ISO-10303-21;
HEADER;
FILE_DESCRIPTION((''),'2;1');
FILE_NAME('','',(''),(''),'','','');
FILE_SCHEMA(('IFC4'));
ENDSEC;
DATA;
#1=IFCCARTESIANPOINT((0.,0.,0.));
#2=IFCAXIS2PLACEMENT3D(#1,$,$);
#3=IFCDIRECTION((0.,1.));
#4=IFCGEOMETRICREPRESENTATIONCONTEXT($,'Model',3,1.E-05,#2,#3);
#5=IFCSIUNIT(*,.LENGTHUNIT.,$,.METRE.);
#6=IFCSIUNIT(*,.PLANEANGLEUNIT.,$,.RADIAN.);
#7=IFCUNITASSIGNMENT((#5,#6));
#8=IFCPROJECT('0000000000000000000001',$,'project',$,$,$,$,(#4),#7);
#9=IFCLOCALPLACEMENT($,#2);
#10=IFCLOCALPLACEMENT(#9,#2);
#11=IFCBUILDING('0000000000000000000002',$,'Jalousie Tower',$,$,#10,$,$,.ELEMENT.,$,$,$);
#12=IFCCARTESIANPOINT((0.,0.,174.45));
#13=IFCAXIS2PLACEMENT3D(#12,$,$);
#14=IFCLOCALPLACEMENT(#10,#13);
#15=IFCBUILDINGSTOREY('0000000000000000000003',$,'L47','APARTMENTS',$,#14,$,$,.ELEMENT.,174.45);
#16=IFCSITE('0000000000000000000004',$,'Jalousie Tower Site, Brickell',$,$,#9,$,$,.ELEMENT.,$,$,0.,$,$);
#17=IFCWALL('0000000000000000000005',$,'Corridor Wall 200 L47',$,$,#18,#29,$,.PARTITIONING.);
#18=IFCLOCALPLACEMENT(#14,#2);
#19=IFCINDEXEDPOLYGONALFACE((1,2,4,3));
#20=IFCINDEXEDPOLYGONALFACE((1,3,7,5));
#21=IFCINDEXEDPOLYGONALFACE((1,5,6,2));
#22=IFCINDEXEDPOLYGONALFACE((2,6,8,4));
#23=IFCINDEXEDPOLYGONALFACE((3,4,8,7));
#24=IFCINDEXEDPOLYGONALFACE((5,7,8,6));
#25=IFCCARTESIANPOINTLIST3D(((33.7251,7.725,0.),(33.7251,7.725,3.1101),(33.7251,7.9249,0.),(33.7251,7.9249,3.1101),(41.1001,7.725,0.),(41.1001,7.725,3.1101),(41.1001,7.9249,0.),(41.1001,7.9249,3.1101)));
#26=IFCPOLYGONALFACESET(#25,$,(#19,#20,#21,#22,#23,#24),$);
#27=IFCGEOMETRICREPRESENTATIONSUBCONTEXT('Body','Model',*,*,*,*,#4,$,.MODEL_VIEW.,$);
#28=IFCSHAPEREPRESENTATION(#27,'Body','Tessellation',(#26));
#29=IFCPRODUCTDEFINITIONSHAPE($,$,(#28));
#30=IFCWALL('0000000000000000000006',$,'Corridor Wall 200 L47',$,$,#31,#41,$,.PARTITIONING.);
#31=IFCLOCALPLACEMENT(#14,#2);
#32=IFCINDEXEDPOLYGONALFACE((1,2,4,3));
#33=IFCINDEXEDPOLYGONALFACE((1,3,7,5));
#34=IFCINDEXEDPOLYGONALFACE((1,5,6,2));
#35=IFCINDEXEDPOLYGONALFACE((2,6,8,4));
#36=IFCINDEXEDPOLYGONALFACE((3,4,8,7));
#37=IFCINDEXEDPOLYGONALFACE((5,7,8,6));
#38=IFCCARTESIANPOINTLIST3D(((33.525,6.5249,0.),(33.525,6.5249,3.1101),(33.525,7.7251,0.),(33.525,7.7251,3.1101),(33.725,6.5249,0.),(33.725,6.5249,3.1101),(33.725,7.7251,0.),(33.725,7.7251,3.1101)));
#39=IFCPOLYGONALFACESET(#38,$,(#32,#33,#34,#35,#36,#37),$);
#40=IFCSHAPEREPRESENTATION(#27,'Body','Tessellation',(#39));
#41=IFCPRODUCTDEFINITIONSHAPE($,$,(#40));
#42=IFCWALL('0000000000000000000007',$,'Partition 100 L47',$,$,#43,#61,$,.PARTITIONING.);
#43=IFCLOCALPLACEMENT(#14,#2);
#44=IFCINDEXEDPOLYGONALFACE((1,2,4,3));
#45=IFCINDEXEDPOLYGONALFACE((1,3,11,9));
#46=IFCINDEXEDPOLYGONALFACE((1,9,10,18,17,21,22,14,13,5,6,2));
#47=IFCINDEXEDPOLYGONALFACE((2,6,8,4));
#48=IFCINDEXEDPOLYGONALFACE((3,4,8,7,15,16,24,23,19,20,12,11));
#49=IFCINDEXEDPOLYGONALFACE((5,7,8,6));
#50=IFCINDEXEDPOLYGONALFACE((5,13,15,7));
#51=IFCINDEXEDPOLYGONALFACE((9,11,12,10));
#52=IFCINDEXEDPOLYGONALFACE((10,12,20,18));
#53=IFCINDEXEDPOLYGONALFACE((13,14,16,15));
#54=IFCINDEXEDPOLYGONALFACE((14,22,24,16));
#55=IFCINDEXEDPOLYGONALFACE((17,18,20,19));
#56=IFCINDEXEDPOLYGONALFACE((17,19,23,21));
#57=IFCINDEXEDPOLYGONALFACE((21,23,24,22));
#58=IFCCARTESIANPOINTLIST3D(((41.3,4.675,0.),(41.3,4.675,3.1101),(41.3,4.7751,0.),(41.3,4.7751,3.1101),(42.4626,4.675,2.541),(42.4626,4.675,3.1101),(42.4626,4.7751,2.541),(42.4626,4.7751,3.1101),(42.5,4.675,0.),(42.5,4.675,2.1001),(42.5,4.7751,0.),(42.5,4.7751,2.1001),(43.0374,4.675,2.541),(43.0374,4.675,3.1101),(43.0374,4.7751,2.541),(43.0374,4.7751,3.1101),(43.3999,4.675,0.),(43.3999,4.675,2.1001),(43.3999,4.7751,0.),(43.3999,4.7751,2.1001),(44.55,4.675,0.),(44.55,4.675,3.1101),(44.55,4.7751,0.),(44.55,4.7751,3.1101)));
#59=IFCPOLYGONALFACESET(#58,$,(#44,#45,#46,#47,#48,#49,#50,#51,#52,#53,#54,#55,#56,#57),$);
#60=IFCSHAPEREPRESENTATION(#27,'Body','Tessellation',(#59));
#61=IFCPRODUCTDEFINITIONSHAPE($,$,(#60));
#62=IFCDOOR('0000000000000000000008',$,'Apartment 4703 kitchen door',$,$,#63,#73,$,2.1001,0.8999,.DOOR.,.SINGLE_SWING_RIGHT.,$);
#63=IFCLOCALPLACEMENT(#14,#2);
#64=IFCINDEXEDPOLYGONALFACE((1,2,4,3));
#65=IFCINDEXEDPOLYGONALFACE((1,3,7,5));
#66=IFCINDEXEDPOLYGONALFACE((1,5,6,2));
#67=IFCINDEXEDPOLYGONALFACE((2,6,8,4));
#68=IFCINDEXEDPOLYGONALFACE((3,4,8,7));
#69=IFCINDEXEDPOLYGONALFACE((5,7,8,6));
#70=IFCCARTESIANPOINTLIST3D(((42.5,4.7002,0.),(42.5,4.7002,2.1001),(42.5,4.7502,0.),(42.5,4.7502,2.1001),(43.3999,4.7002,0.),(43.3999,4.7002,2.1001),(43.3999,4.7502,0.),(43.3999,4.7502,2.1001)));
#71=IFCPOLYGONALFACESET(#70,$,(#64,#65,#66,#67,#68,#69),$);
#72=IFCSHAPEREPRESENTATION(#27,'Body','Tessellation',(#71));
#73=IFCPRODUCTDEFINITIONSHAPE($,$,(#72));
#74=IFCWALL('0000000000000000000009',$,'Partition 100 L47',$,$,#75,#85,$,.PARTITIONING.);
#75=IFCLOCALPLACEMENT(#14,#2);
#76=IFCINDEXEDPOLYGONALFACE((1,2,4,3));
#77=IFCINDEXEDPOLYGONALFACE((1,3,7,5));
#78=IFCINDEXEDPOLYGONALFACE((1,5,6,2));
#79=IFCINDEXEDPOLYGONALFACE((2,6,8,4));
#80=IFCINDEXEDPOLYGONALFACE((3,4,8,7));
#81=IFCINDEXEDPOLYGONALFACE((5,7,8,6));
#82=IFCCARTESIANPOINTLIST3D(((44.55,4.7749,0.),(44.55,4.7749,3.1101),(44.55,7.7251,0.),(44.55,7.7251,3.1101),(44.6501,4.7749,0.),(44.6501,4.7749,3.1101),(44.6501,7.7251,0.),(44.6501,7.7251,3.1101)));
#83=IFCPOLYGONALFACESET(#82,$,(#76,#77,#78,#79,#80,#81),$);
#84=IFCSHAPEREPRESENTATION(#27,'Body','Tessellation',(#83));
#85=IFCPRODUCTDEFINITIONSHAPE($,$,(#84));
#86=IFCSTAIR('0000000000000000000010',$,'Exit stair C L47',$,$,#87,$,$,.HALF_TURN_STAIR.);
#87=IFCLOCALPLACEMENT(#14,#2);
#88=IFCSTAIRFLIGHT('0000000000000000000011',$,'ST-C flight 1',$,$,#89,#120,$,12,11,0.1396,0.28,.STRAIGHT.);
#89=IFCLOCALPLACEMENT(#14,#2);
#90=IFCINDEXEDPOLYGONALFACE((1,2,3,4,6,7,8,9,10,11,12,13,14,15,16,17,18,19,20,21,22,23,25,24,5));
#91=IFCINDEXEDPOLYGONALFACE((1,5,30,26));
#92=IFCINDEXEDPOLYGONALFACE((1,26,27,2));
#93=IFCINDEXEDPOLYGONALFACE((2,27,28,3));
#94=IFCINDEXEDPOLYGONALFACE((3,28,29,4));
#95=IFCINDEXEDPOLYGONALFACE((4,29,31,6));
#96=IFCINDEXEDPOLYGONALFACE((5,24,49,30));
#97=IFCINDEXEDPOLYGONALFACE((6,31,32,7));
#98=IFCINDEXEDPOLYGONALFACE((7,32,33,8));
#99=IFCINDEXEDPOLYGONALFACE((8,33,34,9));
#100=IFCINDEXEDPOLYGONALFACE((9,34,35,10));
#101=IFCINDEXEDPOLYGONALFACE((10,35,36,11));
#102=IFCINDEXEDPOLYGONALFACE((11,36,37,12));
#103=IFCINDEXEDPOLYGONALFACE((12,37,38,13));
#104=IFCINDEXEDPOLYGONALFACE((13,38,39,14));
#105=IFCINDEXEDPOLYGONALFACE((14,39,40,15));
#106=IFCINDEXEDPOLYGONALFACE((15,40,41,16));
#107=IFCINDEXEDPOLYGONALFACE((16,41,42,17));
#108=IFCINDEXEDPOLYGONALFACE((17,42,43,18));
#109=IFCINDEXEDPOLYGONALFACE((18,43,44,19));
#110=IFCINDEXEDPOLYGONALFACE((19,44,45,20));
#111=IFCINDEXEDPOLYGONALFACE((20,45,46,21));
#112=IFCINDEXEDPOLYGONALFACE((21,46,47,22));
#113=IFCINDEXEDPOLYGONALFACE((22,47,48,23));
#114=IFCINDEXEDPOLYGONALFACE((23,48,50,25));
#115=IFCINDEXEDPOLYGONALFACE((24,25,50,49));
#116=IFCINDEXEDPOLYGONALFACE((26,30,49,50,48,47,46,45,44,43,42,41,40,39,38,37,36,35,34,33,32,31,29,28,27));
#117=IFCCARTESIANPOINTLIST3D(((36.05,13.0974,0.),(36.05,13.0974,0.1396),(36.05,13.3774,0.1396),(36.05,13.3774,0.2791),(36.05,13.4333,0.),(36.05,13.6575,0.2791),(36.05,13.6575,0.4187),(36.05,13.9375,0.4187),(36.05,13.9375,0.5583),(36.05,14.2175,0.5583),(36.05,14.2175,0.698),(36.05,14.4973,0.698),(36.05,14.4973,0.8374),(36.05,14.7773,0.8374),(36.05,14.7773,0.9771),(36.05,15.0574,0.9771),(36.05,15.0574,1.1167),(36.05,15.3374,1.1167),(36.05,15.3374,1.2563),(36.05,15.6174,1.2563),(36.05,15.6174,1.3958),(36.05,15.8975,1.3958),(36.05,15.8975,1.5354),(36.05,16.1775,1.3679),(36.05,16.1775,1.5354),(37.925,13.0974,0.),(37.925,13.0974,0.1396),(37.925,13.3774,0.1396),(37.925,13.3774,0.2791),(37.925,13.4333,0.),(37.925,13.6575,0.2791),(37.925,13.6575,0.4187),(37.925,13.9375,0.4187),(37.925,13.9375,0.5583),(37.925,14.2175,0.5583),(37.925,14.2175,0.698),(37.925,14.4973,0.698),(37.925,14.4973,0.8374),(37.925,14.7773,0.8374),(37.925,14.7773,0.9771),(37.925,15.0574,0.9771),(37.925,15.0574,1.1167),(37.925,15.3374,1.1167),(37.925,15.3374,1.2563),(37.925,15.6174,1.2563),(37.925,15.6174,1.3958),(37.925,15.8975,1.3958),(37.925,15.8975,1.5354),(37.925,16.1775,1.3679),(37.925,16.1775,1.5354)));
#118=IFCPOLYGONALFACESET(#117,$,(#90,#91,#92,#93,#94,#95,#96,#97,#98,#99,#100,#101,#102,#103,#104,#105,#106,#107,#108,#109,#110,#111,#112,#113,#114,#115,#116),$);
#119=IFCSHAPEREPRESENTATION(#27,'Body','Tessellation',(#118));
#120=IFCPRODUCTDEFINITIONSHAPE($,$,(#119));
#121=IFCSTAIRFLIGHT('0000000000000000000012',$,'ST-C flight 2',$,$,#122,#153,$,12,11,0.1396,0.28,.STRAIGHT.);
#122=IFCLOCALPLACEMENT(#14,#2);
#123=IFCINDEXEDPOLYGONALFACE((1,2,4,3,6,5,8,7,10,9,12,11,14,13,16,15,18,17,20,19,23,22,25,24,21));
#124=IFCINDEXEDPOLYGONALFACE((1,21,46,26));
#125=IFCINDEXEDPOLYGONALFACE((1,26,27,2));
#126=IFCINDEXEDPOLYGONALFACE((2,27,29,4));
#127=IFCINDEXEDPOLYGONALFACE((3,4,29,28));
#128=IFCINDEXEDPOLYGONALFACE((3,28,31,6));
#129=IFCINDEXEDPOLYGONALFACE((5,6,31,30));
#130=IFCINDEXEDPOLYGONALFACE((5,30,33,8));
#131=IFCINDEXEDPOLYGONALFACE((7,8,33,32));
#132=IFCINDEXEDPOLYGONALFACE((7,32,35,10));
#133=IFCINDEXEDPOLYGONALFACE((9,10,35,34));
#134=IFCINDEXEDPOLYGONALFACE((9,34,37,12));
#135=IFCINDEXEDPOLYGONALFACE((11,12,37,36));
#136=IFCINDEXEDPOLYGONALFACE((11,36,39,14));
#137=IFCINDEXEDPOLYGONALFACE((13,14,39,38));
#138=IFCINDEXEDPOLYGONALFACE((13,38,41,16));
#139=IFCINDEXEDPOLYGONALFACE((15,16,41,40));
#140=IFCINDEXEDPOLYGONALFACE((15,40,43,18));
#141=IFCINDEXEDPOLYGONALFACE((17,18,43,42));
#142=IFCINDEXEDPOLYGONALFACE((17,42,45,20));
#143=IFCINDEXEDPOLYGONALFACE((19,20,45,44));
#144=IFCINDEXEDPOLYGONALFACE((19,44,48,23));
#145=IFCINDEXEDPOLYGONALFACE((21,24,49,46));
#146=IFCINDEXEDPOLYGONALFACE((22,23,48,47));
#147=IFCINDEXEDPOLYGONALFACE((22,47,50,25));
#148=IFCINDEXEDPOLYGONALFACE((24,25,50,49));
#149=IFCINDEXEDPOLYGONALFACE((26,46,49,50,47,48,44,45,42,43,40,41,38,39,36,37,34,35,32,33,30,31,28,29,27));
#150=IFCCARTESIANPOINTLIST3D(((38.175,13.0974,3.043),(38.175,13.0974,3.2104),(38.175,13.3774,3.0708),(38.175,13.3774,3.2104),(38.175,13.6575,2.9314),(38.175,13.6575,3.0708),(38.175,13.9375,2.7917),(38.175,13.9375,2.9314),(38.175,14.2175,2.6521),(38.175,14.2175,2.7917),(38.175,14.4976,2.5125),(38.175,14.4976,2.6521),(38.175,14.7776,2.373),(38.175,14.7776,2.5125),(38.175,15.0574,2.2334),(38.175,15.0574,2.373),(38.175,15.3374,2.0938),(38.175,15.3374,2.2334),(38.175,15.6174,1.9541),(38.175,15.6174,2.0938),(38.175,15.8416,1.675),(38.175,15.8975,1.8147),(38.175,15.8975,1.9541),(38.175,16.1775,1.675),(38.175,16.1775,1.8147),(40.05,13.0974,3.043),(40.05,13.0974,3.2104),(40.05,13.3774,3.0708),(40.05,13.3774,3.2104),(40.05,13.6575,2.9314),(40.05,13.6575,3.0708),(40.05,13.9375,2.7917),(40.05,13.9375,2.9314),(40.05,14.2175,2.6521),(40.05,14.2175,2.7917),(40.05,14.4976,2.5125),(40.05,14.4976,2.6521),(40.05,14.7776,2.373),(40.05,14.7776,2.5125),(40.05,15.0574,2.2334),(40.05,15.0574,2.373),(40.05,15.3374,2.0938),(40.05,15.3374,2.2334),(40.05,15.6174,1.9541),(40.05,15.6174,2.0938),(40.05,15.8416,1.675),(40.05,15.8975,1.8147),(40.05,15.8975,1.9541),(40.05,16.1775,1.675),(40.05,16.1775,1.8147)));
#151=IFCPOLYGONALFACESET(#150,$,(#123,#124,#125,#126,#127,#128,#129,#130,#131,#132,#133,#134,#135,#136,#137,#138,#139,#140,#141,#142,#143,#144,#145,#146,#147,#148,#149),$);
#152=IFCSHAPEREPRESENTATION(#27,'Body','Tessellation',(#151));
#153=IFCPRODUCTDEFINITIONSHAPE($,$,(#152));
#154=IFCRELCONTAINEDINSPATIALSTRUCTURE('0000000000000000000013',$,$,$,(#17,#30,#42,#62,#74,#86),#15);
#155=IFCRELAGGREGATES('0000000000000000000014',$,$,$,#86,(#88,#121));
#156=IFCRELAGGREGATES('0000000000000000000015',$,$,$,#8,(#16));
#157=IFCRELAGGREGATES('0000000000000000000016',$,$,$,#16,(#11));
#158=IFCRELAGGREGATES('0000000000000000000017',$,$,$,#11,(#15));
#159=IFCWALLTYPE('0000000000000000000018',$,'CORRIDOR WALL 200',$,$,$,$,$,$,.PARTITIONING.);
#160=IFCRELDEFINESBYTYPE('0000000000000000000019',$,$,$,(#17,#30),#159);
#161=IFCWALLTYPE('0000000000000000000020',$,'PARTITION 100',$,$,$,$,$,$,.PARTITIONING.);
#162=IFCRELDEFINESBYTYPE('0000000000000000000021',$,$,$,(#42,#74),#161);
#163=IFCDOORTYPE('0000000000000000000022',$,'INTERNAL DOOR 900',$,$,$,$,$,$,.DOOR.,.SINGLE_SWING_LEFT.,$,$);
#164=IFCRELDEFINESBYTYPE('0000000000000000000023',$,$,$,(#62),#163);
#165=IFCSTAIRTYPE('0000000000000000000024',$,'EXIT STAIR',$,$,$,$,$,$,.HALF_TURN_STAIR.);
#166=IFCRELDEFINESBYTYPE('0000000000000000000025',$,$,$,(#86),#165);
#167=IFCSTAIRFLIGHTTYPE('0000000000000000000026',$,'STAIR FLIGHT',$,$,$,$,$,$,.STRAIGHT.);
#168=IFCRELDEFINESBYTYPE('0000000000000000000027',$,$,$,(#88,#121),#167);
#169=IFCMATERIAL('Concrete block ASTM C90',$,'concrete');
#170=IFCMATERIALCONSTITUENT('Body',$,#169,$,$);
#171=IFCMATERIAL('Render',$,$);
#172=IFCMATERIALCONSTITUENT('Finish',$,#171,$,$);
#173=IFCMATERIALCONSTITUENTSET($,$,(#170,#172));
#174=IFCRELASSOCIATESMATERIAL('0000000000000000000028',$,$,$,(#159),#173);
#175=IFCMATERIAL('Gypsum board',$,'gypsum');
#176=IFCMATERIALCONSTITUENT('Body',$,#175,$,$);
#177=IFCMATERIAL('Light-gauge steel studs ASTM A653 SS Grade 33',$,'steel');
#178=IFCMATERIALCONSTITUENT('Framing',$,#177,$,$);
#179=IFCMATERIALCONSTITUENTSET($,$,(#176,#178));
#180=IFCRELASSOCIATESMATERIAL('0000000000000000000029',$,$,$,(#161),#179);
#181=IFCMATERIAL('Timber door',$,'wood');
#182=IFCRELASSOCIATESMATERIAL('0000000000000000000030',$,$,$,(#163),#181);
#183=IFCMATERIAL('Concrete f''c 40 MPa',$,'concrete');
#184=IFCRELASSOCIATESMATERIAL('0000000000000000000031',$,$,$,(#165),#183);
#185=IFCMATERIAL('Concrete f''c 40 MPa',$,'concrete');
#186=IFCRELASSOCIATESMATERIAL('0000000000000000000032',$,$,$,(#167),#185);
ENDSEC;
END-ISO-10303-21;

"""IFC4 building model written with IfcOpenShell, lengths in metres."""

from ifc_helpers import new_model, si_unit, direction, frame, frame_2d, origin, place, context, subcontext, project, spatial, polyline, rectangle, outline, extrude, material, constituent, constituent_set, type_object, element, fill, aggregate, save


model = new_model("IFC4")

# Units and contexts
model_context = context("Model", 3, precision=1e-05, world=origin(), true_north=direction((0.0, 1.0)))
body_context = subcontext(model_context, "Body", "Model", "MODEL_VIEW")
ifc_project = project(units=[si_unit("LENGTHUNIT", "METRE"), si_unit("PLANEANGLEUNIT", "RADIAN")], contexts=[model_context])

# Site, building, storey
site_placement = place(None, origin())
site = spatial("IfcSite", under=ifc_project, at=site_placement, Name="Jalousie Tower Site, Brickell", CompositionType="ELEMENT", RefElevation=0.0)
building_placement = place(site_placement, origin())
building = spatial("IfcBuilding", under=site, at=building_placement, Name="Jalousie Tower", CompositionType="ELEMENT")
storey_placement = place(building_placement, frame((0.0, 0.0, 174.45)))
storey = spatial("IfcBuildingStorey", under=building, at=storey_placement, Name="L47", Description="APARTMENTS", CompositionType="ELEMENT", Elevation=174.45)

# Shared definitions
ifc_material_1 = material(Name="Concrete block ASTM C90", Category="concrete")
ifc_constituent_1 = constituent(ifc_material_1, Name="Body")
ifc_material_2 = material(Name="Render")
ifc_constituent_2 = constituent(ifc_material_2, Name="Finish")
ifc_constituent_set_1 = constituent_set(constituents=[ifc_constituent_1, ifc_constituent_2])
wall_type_1 = type_object("IfcWallType", Name="CORRIDOR WALL 200", PredefinedType="PARTITIONING", material=ifc_constituent_set_1)

# Walls
wall_1_placement = place(storey_placement, frame((33.7251, 7.825, 0.0), z_axis=(0.0, 0.0, 1.0), x_axis=(1.0, 0.0, 0.0)))
element("IfcWall", 1, at=wall_1_placement, inside=storey, type_object=wall_type_1, Name="Corridor Wall 200 L47", PredefinedType="PARTITIONING", context=body_context, shape_type="SweptSolid", body=[
    extrude(rectangle(XDim=7.375, YDim=0.2, at=frame_2d((3.6875, 0.0))), origin(), (0.0, 0.0, 1.0), 3.1101),
])
wall_2_placement = place(storey_placement, frame((33.625, 7.7251, 0.0), z_axis=(0.0, 0.0, 1.0), x_axis=(0.0, -1.0, 0.0)))
element("IfcWall", 2, at=wall_2_placement, inside=storey, type_object=wall_type_1, Name="Corridor Wall 200 L47", PredefinedType="PARTITIONING", context=body_context, shape_type="SweptSolid", body=[
    extrude(rectangle(XDim=1.2002, YDim=0.2, at=frame_2d((0.6001, 0.0))), origin(), (0.0, 0.0, 1.0), 3.1101),
])

# Wall, opening, door
ifc_material_3 = material(Name="Gypsum board", Category="gypsum")
ifc_constituent_3 = constituent(ifc_material_3, Name="Body")
ifc_material_4 = material(Name="Light-gauge steel studs ASTM A653 SS Grade 33", Category="steel")
ifc_constituent_4 = constituent(ifc_material_4, Name="Framing")
ifc_constituent_set_2 = constituent_set(constituents=[ifc_constituent_3, ifc_constituent_4])
wall_type_2 = type_object("IfcWallType", Name="PARTITION 100", PredefinedType="PARTITIONING", material=ifc_constituent_set_2)
wall_3_placement = place(storey_placement, frame((41.3, 4.7251, 0.0), z_axis=(0.0, 0.0, 1.0), x_axis=(1.0, 0.0, 0.0)))
wall_3 = element("IfcWall", 3, at=wall_3_placement, inside=storey, type_object=wall_type_2, Name="Partition 100 L47", PredefinedType="PARTITIONING", context=body_context, shape_type="SweptSolid", body=[
    extrude(outline(polyline([(0.0, 0.0), (3.25, 0.0), (3.25, 3.1101), (1.7373, 3.1101), (1.7373, 2.541), (1.1626, 2.541), (1.1626, 3.1101), (0.0, 3.1101), (0.0, 0.0)])), frame((0.0, 0.05, 0.0), z_axis=(0.0, -1.0, 0.0), x_axis=(1.0, 0.0, 0.0)), (0.0, 0.0, 1.0), 0.1001),
])
opening_1_placement = place(wall_3_placement, frame((1.2, 0.0, 0.0)))
opening_1 = element("IfcOpeningElement", 4, at=opening_1_placement, cuts=wall_3, PredefinedType="OPENING", context=body_context, shape_type="SweptSolid", body=[
    extrude(rectangle(XDim=0.8999, YDim=2.1001, at=frame_2d((0.45, 1.05))), frame((0.0, 0.0601, 0.0), z_axis=(0.0, -1.0, 0.0), x_axis=(1.0, 0.0, 0.0)), (0.0, 0.0, 1.0), 0.1201),
])
ifc_material_5 = material(Name="Timber door", Category="wood")
door_type_1 = type_object("IfcDoorType", Name="INTERNAL DOOR 900", OperationType="SINGLE_SWING_LEFT", PredefinedType="DOOR", material=ifc_material_5)
door_1_placement = place(opening_1_placement, frame((0.8999, 0.0, 0.0), z_axis=(0.0, 0.0, 1.0), x_axis=(-1.0, 0.0, 0.0)))
door_1 = element("IfcDoor", 5, at=door_1_placement, inside=storey, type_object=door_type_1, Name="Apartment 4703 kitchen door", OperationType="SINGLE_SWING_RIGHT", OverallHeight=2.1001, OverallWidth=0.8999, PredefinedType="DOOR", context=body_context, shape_type="SweptSolid", body=[
    extrude(rectangle(XDim=0.8999, YDim=2.1001, at=frame_2d((0.45, 1.05))), frame((0.0, 0.0249, 0.0), z_axis=(0.0, -1.0, 0.0), x_axis=(1.0, 0.0, 0.0)), (0.0, 0.0, 1.0), 0.05),
])
fill(opening_1, door_1)

# Wall
wall_4_placement = place(storey_placement, frame((44.6001, 4.7749, 0.0), z_axis=(0.0, 0.0, 1.0), x_axis=(0.0, 1.0, 0.0)))
element("IfcWall", 6, at=wall_4_placement, inside=storey, type_object=wall_type_2, Name="Partition 100 L47", PredefinedType="PARTITIONING", context=body_context, shape_type="SweptSolid", body=[
    extrude(rectangle(XDim=2.9502, YDim=0.1001, at=frame_2d((1.4751, 0.0))), origin(), (0.0, 0.0, 1.0), 3.1101),
])

# Stair, stair flights
ifc_material_6 = material(Name="Concrete f'c 40 MPa", Category="concrete")
stair_type = type_object("IfcStairType", Name="EXIT STAIR", PredefinedType="HALF_TURN_STAIR", material=ifc_material_6)
stair_placement = place(storey_placement, origin())
stair = element("IfcStair", 7, at=stair_placement, inside=storey, type_object=stair_type, Name="Exit stair C L47", PredefinedType="HALF_TURN_STAIR")
ifc_material_7 = material(Name="Concrete f'c 40 MPa", Category="concrete")
stair_flight_type = type_object("IfcStairFlightType", Name="STAIR FLIGHT", PredefinedType="STRAIGHT", material=ifc_material_7)
stair_flight_1_placement = place(storey_placement, frame((36.9875, 13.0974, 0.0), z_axis=(0.0, 0.0, 1.0), x_axis=(0.0, 1.0, 0.0)))
stair_flight_1 = element("IfcStairFlight", 8, at=stair_flight_1_placement, type_object=stair_flight_type, Name="ST-C flight 1", NumberOfRisers=12, NumberOfTreads=11, PredefinedType="STRAIGHT", RiserHeight=0.1396, TreadLength=0.28, context=body_context, shape_type="SweptSolid", body=[
    extrude(outline(polyline([(0.0, 0.0), (0.0, 0.1396), (0.28, 0.1396), (0.28, 0.2791), (0.5601, 0.2791), (0.5601, 0.4187), (0.8401, 0.4187), (0.8401, 0.5583), (1.1201, 0.5583), (1.1201, 0.698), (1.3999, 0.698), (1.3999, 0.8374), (1.6799, 0.8374), (1.6799, 0.9771), (1.96, 0.9771), (1.96, 1.1167), (2.24, 1.1167), (2.24, 1.2563), (2.52, 1.2563), (2.52, 1.3958), (2.8, 1.3958), (2.8, 1.5354), (3.0801, 1.5354), (3.0801, 1.675), (3.0801, 1.3679), (0.3359, 0.0), (0.0, 0.0)])), frame((0.0, 0.9375, 0.0), z_axis=(0.0, -1.0, 0.0), x_axis=(1.0, 0.0, 0.0)), (0.0, 0.0, 1.0), 1.875),
])
stair_flight_2_placement = place(storey_placement, frame((39.1125, 16.1775, 1.675), z_axis=(0.0, 0.0, 1.0), x_axis=(0.0, -1.0, 0.0)))
stair_flight_2 = element("IfcStairFlight", 9, at=stair_flight_2_placement, type_object=stair_flight_type, Name="ST-C flight 2", NumberOfRisers=12, NumberOfTreads=11, PredefinedType="STRAIGHT", RiserHeight=0.1396, TreadLength=0.28, context=body_context, shape_type="SweptSolid", body=[
    extrude(outline(polyline([(0.0, 0.0), (0.0, 0.1396), (0.28, 0.1396), (0.28, 0.2791), (0.5601, 0.2791), (0.5601, 0.4187), (0.8401, 0.4187), (0.8401, 0.5583), (1.1201, 0.5583), (1.1201, 0.698), (1.3999, 0.698), (1.3999, 0.8374), (1.6799, 0.8374), (1.6799, 0.9771), (1.96, 0.9771), (1.96, 1.1167), (2.24, 1.1167), (2.24, 1.2563), (2.52, 1.2563), (2.52, 1.3958), (2.8, 1.3958), (2.8, 1.5354), (3.0801, 1.5354), (3.0801, 1.675), (3.0801, 1.3679), (0.3359, 0.0), (0.0, 0.0)])), frame((0.0, 0.9375, 0.0), z_axis=(0.0, -1.0, 0.0), x_axis=(1.0, 0.0, 0.0)), (0.0, 0.0, 1.0), 1.875),
])
aggregate(stair, [stair_flight_1, stair_flight_2])

save(model, "model.ifc")
